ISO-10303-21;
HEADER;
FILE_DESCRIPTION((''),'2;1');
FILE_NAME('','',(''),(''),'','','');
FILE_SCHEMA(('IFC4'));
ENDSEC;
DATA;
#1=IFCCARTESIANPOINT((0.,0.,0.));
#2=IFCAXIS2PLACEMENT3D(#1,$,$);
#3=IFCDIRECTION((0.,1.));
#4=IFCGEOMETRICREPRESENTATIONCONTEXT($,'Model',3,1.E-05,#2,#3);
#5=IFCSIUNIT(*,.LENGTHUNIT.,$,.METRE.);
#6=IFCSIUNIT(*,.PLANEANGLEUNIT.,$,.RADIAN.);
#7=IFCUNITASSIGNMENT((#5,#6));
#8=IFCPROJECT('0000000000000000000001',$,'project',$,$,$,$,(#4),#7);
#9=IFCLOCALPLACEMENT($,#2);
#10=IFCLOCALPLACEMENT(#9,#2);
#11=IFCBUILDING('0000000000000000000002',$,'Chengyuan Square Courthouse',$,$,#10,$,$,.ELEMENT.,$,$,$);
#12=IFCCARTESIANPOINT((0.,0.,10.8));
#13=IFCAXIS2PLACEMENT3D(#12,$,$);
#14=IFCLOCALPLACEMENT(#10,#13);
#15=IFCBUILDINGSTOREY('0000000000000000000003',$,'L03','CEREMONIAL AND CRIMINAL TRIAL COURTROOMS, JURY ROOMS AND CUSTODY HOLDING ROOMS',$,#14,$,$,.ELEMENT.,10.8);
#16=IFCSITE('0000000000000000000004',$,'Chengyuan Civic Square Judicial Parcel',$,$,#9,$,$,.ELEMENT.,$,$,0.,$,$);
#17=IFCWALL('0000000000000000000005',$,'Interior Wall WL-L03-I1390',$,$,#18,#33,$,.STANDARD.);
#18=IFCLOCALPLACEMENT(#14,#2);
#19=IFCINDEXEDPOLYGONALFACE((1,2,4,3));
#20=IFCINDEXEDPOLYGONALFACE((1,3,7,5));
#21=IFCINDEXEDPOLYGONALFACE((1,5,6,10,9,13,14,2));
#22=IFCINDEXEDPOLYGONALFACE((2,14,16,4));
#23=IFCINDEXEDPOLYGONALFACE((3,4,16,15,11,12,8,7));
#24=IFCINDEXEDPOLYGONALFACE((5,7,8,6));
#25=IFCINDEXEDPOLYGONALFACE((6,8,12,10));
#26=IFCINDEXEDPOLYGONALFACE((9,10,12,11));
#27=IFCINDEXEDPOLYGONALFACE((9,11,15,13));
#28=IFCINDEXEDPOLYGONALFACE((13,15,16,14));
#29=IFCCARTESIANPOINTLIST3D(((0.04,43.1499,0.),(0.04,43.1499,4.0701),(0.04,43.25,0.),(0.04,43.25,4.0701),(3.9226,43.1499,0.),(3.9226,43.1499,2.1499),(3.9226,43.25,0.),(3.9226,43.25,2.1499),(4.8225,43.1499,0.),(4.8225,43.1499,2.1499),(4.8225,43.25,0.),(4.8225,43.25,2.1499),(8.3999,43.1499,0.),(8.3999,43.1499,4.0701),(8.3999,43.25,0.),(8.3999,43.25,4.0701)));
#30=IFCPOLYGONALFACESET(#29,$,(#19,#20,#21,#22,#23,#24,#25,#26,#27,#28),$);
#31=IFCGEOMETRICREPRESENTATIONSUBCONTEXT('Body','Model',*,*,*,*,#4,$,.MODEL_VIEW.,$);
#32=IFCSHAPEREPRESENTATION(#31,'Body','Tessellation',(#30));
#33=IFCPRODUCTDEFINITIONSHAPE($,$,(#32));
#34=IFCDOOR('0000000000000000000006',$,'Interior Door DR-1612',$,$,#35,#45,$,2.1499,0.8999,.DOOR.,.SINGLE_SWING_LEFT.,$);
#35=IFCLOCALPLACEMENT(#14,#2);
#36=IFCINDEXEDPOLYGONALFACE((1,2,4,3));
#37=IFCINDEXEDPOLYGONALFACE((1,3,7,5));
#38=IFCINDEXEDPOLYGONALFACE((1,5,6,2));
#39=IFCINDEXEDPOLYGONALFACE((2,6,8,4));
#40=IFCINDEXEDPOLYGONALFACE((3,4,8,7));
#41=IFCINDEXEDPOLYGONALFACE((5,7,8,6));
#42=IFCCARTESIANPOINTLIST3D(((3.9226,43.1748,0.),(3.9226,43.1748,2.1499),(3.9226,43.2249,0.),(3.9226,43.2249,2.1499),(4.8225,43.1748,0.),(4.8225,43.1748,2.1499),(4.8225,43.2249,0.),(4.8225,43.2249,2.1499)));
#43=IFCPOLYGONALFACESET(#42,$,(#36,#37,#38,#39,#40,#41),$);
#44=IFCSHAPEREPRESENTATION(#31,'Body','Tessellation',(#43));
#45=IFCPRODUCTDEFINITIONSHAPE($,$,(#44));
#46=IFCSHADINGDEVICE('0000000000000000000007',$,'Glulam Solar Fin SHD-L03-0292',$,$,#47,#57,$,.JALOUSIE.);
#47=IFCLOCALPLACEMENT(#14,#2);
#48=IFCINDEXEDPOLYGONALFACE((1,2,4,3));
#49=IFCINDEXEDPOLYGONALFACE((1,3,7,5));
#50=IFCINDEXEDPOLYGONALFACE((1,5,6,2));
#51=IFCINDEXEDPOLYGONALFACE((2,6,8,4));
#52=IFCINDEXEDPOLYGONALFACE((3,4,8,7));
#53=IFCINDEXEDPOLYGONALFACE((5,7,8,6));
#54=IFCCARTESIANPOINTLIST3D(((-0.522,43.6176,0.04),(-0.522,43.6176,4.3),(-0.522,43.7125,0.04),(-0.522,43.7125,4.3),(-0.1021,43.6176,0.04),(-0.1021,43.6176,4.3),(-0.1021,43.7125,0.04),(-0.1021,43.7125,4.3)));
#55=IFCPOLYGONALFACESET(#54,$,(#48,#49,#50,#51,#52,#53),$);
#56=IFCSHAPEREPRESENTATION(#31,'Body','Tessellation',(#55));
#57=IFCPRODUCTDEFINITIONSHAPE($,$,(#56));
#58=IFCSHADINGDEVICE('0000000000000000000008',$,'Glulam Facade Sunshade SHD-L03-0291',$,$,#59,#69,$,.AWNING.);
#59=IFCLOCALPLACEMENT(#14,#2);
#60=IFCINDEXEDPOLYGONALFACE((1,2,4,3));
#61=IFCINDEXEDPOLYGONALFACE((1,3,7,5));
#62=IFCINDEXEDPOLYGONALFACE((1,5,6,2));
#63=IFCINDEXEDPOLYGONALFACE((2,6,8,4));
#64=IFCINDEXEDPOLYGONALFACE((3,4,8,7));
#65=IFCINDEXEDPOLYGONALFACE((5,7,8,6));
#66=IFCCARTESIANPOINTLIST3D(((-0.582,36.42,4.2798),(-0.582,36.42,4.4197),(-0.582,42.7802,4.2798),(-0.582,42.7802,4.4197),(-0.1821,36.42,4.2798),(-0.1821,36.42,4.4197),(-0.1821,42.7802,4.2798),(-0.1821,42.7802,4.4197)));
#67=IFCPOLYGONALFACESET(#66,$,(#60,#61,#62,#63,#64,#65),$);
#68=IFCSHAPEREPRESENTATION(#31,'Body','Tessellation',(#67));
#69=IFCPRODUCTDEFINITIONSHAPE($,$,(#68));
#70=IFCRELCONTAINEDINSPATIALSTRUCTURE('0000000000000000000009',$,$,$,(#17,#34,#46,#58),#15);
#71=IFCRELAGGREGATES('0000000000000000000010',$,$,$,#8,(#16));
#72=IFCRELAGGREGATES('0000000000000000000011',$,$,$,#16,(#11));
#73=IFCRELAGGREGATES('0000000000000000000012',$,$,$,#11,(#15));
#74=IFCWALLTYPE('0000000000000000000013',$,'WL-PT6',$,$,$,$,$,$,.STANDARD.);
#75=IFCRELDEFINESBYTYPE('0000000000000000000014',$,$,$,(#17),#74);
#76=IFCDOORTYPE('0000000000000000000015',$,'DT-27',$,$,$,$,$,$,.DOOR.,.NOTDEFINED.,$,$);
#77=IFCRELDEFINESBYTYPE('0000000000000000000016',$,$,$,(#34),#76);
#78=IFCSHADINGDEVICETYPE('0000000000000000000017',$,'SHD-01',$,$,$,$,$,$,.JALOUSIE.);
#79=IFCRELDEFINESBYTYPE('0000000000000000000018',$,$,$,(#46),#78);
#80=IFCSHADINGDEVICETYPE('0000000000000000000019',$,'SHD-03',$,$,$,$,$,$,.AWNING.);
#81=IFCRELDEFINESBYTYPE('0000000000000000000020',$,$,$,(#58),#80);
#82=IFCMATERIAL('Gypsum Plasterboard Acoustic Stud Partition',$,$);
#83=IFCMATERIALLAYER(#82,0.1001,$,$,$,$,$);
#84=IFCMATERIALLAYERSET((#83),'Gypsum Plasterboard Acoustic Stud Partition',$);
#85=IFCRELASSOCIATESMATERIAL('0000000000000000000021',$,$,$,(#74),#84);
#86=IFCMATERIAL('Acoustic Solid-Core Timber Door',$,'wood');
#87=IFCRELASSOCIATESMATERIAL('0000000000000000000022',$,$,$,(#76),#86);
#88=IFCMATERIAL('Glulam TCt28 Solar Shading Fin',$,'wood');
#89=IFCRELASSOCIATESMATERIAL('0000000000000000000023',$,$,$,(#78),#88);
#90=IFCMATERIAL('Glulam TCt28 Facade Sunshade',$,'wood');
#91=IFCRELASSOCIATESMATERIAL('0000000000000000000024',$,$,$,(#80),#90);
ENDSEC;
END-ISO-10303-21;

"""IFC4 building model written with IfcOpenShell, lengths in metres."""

from ifc_helpers import new_model, si_unit, direction, frame, frame_2d, origin, origin_2d, place, context, subcontext, project, spatial, rectangle, extrude, material, layer, layer_set, type_object, element, fill, save


model = new_model("IFC4")

# Units and contexts
model_context = context("Model", 3, precision=1e-05, world=origin(), true_north=direction((0.0, 1.0)))
body_context = subcontext(model_context, "Body", "Model", "MODEL_VIEW")
ifc_project = project(units=[si_unit("LENGTHUNIT", "METRE"), si_unit("PLANEANGLEUNIT", "RADIAN")], contexts=[model_context])

# Site, building, storey
site_placement = place(None, origin())
site = spatial("IfcSite", under=ifc_project, at=site_placement, Name="Chengyuan Civic Square Judicial Parcel", CompositionType="ELEMENT", RefElevation=0.0)
building_placement = place(site_placement, origin())
building = spatial("IfcBuilding", under=site, at=building_placement, Name="Chengyuan Square Courthouse", CompositionType="ELEMENT")
storey_placement = place(building_placement, frame((0.0, 0.0, 10.8)))
storey = spatial("IfcBuildingStorey", under=building, at=storey_placement, Name="L03", Description="CEREMONIAL AND CRIMINAL TRIAL COURTROOMS, JURY ROOMS AND CUSTODY HOLDING ROOMS", CompositionType="ELEMENT", Elevation=10.8)

# Wall, opening, door
ifc_material_1 = material(Name="Gypsum Plasterboard Acoustic Stud Partition")
ifc_layer_1 = layer(ifc_material_1, 0.1001)
ifc_layer_set_1 = layer_set([ifc_layer_1], Name="Gypsum Plasterboard Acoustic Stud Partition")
wall_type_1 = type_object("IfcWallType", Name="WL-PT6", PredefinedType="STANDARD", material=ifc_layer_set_1)
wall_1_placement = place(storey_placement, frame((0.04, 43.2, 0.0), z_axis=(0.0, 0.0, 1.0), x_axis=(1.0, 0.0, 0.0)))
wall_1 = element("IfcWall", 1, at=wall_1_placement, inside=storey, type_object=wall_type_1, Name="Interior Wall WL-L03-I1390", PredefinedType="STANDARD", context=body_context, shape_type="SweptSolid", body=[
    extrude(rectangle(XDim=8.3599, YDim=0.1001, at=frame_2d((4.1799, 0.0))), origin(), (0.0, 0.0, 1.0), 4.0701),
])
opening_1_placement = place(wall_1_placement, frame((3.8826, 0.0, 0.0)))
opening_1 = element("IfcOpeningElement", 2, at=opening_1_placement, cuts=wall_1, PredefinedType="OPENING", context=body_context, shape_type="SweptSolid", body=[
    extrude(rectangle(XDim=0.8999, YDim=2.1499, at=frame_2d((0.45, 1.075))), frame((0.0, 0.062, 0.0), z_axis=(0.0, -1.0, 0.0), x_axis=(1.0, 0.0, 0.0)), (0.0, 0.0, 1.0), 0.124),
])
ifc_material_2 = material(Name="Acoustic Solid-Core Timber Door", Category="wood")
door_type_1 = type_object("IfcDoorType", Name="DT-27", OperationType="NOTDEFINED", PredefinedType="DOOR", material=ifc_material_2)
door_1_placement = place(opening_1_placement, origin())
door_1 = element("IfcDoor", 3, at=door_1_placement, inside=storey, type_object=door_type_1, Name="Interior Door DR-1612", OperationType="SINGLE_SWING_LEFT", OverallHeight=2.1499, OverallWidth=0.8999, PredefinedType="DOOR", context=body_context, shape_type="SweptSolid", body=[
    extrude(rectangle(XDim=0.8999, YDim=2.1499, at=frame_2d((0.45, 1.075))), frame((0.0, 0.0249, 0.0), z_axis=(0.0, -1.0, 0.0), x_axis=(1.0, 0.0, 0.0)), (0.0, 0.0, 1.0), 0.05),
])
fill(opening_1, door_1)

# Shading devices
ifc_material_3 = material(Name="Glulam TCt28 Solar Shading Fin", Category="wood")
shading_device_type_1 = type_object("IfcShadingDeviceType", Name="SHD-01", PredefinedType="JALOUSIE", material=ifc_material_3)
shading_device_1_placement = place(storey_placement, frame((-0.312, 43.665, 0.04), z_axis=(0.0, 0.0, 1.0), x_axis=(1.0, 0.0, 0.0)))
element("IfcShadingDevice", 4, at=shading_device_1_placement, inside=storey, type_object=shading_device_type_1, Name="Glulam Solar Fin SHD-L03-0292", PredefinedType="JALOUSIE", context=body_context, shape_type="SweptSolid", body=[
    extrude(rectangle(XDim=0.4199, YDim=0.095, at=origin_2d()), origin(), (0.0, 0.0, 1.0), 4.26),
])
ifc_material_4 = material(Name="Glulam TCt28 Facade Sunshade", Category="wood")
shading_device_type_2 = type_object("IfcShadingDeviceType", Name="SHD-03", PredefinedType="AWNING", material=ifc_material_4)
shading_device_2_placement = place(storey_placement, frame((-0.3821, 39.6001, 4.2798), z_axis=(0.0, 0.0, 1.0), x_axis=(0.0, 1.0, 0.0)))
element("IfcShadingDevice", 5, at=shading_device_2_placement, inside=storey, type_object=shading_device_type_2, Name="Glulam Facade Sunshade SHD-L03-0291", PredefinedType="AWNING", context=body_context, shape_type="SweptSolid", body=[
    extrude(rectangle(XDim=6.3601, YDim=0.3999, at=origin_2d()), origin(), (0.0, 0.0, 1.0), 0.1399),
])

save(model, "model.ifc")
